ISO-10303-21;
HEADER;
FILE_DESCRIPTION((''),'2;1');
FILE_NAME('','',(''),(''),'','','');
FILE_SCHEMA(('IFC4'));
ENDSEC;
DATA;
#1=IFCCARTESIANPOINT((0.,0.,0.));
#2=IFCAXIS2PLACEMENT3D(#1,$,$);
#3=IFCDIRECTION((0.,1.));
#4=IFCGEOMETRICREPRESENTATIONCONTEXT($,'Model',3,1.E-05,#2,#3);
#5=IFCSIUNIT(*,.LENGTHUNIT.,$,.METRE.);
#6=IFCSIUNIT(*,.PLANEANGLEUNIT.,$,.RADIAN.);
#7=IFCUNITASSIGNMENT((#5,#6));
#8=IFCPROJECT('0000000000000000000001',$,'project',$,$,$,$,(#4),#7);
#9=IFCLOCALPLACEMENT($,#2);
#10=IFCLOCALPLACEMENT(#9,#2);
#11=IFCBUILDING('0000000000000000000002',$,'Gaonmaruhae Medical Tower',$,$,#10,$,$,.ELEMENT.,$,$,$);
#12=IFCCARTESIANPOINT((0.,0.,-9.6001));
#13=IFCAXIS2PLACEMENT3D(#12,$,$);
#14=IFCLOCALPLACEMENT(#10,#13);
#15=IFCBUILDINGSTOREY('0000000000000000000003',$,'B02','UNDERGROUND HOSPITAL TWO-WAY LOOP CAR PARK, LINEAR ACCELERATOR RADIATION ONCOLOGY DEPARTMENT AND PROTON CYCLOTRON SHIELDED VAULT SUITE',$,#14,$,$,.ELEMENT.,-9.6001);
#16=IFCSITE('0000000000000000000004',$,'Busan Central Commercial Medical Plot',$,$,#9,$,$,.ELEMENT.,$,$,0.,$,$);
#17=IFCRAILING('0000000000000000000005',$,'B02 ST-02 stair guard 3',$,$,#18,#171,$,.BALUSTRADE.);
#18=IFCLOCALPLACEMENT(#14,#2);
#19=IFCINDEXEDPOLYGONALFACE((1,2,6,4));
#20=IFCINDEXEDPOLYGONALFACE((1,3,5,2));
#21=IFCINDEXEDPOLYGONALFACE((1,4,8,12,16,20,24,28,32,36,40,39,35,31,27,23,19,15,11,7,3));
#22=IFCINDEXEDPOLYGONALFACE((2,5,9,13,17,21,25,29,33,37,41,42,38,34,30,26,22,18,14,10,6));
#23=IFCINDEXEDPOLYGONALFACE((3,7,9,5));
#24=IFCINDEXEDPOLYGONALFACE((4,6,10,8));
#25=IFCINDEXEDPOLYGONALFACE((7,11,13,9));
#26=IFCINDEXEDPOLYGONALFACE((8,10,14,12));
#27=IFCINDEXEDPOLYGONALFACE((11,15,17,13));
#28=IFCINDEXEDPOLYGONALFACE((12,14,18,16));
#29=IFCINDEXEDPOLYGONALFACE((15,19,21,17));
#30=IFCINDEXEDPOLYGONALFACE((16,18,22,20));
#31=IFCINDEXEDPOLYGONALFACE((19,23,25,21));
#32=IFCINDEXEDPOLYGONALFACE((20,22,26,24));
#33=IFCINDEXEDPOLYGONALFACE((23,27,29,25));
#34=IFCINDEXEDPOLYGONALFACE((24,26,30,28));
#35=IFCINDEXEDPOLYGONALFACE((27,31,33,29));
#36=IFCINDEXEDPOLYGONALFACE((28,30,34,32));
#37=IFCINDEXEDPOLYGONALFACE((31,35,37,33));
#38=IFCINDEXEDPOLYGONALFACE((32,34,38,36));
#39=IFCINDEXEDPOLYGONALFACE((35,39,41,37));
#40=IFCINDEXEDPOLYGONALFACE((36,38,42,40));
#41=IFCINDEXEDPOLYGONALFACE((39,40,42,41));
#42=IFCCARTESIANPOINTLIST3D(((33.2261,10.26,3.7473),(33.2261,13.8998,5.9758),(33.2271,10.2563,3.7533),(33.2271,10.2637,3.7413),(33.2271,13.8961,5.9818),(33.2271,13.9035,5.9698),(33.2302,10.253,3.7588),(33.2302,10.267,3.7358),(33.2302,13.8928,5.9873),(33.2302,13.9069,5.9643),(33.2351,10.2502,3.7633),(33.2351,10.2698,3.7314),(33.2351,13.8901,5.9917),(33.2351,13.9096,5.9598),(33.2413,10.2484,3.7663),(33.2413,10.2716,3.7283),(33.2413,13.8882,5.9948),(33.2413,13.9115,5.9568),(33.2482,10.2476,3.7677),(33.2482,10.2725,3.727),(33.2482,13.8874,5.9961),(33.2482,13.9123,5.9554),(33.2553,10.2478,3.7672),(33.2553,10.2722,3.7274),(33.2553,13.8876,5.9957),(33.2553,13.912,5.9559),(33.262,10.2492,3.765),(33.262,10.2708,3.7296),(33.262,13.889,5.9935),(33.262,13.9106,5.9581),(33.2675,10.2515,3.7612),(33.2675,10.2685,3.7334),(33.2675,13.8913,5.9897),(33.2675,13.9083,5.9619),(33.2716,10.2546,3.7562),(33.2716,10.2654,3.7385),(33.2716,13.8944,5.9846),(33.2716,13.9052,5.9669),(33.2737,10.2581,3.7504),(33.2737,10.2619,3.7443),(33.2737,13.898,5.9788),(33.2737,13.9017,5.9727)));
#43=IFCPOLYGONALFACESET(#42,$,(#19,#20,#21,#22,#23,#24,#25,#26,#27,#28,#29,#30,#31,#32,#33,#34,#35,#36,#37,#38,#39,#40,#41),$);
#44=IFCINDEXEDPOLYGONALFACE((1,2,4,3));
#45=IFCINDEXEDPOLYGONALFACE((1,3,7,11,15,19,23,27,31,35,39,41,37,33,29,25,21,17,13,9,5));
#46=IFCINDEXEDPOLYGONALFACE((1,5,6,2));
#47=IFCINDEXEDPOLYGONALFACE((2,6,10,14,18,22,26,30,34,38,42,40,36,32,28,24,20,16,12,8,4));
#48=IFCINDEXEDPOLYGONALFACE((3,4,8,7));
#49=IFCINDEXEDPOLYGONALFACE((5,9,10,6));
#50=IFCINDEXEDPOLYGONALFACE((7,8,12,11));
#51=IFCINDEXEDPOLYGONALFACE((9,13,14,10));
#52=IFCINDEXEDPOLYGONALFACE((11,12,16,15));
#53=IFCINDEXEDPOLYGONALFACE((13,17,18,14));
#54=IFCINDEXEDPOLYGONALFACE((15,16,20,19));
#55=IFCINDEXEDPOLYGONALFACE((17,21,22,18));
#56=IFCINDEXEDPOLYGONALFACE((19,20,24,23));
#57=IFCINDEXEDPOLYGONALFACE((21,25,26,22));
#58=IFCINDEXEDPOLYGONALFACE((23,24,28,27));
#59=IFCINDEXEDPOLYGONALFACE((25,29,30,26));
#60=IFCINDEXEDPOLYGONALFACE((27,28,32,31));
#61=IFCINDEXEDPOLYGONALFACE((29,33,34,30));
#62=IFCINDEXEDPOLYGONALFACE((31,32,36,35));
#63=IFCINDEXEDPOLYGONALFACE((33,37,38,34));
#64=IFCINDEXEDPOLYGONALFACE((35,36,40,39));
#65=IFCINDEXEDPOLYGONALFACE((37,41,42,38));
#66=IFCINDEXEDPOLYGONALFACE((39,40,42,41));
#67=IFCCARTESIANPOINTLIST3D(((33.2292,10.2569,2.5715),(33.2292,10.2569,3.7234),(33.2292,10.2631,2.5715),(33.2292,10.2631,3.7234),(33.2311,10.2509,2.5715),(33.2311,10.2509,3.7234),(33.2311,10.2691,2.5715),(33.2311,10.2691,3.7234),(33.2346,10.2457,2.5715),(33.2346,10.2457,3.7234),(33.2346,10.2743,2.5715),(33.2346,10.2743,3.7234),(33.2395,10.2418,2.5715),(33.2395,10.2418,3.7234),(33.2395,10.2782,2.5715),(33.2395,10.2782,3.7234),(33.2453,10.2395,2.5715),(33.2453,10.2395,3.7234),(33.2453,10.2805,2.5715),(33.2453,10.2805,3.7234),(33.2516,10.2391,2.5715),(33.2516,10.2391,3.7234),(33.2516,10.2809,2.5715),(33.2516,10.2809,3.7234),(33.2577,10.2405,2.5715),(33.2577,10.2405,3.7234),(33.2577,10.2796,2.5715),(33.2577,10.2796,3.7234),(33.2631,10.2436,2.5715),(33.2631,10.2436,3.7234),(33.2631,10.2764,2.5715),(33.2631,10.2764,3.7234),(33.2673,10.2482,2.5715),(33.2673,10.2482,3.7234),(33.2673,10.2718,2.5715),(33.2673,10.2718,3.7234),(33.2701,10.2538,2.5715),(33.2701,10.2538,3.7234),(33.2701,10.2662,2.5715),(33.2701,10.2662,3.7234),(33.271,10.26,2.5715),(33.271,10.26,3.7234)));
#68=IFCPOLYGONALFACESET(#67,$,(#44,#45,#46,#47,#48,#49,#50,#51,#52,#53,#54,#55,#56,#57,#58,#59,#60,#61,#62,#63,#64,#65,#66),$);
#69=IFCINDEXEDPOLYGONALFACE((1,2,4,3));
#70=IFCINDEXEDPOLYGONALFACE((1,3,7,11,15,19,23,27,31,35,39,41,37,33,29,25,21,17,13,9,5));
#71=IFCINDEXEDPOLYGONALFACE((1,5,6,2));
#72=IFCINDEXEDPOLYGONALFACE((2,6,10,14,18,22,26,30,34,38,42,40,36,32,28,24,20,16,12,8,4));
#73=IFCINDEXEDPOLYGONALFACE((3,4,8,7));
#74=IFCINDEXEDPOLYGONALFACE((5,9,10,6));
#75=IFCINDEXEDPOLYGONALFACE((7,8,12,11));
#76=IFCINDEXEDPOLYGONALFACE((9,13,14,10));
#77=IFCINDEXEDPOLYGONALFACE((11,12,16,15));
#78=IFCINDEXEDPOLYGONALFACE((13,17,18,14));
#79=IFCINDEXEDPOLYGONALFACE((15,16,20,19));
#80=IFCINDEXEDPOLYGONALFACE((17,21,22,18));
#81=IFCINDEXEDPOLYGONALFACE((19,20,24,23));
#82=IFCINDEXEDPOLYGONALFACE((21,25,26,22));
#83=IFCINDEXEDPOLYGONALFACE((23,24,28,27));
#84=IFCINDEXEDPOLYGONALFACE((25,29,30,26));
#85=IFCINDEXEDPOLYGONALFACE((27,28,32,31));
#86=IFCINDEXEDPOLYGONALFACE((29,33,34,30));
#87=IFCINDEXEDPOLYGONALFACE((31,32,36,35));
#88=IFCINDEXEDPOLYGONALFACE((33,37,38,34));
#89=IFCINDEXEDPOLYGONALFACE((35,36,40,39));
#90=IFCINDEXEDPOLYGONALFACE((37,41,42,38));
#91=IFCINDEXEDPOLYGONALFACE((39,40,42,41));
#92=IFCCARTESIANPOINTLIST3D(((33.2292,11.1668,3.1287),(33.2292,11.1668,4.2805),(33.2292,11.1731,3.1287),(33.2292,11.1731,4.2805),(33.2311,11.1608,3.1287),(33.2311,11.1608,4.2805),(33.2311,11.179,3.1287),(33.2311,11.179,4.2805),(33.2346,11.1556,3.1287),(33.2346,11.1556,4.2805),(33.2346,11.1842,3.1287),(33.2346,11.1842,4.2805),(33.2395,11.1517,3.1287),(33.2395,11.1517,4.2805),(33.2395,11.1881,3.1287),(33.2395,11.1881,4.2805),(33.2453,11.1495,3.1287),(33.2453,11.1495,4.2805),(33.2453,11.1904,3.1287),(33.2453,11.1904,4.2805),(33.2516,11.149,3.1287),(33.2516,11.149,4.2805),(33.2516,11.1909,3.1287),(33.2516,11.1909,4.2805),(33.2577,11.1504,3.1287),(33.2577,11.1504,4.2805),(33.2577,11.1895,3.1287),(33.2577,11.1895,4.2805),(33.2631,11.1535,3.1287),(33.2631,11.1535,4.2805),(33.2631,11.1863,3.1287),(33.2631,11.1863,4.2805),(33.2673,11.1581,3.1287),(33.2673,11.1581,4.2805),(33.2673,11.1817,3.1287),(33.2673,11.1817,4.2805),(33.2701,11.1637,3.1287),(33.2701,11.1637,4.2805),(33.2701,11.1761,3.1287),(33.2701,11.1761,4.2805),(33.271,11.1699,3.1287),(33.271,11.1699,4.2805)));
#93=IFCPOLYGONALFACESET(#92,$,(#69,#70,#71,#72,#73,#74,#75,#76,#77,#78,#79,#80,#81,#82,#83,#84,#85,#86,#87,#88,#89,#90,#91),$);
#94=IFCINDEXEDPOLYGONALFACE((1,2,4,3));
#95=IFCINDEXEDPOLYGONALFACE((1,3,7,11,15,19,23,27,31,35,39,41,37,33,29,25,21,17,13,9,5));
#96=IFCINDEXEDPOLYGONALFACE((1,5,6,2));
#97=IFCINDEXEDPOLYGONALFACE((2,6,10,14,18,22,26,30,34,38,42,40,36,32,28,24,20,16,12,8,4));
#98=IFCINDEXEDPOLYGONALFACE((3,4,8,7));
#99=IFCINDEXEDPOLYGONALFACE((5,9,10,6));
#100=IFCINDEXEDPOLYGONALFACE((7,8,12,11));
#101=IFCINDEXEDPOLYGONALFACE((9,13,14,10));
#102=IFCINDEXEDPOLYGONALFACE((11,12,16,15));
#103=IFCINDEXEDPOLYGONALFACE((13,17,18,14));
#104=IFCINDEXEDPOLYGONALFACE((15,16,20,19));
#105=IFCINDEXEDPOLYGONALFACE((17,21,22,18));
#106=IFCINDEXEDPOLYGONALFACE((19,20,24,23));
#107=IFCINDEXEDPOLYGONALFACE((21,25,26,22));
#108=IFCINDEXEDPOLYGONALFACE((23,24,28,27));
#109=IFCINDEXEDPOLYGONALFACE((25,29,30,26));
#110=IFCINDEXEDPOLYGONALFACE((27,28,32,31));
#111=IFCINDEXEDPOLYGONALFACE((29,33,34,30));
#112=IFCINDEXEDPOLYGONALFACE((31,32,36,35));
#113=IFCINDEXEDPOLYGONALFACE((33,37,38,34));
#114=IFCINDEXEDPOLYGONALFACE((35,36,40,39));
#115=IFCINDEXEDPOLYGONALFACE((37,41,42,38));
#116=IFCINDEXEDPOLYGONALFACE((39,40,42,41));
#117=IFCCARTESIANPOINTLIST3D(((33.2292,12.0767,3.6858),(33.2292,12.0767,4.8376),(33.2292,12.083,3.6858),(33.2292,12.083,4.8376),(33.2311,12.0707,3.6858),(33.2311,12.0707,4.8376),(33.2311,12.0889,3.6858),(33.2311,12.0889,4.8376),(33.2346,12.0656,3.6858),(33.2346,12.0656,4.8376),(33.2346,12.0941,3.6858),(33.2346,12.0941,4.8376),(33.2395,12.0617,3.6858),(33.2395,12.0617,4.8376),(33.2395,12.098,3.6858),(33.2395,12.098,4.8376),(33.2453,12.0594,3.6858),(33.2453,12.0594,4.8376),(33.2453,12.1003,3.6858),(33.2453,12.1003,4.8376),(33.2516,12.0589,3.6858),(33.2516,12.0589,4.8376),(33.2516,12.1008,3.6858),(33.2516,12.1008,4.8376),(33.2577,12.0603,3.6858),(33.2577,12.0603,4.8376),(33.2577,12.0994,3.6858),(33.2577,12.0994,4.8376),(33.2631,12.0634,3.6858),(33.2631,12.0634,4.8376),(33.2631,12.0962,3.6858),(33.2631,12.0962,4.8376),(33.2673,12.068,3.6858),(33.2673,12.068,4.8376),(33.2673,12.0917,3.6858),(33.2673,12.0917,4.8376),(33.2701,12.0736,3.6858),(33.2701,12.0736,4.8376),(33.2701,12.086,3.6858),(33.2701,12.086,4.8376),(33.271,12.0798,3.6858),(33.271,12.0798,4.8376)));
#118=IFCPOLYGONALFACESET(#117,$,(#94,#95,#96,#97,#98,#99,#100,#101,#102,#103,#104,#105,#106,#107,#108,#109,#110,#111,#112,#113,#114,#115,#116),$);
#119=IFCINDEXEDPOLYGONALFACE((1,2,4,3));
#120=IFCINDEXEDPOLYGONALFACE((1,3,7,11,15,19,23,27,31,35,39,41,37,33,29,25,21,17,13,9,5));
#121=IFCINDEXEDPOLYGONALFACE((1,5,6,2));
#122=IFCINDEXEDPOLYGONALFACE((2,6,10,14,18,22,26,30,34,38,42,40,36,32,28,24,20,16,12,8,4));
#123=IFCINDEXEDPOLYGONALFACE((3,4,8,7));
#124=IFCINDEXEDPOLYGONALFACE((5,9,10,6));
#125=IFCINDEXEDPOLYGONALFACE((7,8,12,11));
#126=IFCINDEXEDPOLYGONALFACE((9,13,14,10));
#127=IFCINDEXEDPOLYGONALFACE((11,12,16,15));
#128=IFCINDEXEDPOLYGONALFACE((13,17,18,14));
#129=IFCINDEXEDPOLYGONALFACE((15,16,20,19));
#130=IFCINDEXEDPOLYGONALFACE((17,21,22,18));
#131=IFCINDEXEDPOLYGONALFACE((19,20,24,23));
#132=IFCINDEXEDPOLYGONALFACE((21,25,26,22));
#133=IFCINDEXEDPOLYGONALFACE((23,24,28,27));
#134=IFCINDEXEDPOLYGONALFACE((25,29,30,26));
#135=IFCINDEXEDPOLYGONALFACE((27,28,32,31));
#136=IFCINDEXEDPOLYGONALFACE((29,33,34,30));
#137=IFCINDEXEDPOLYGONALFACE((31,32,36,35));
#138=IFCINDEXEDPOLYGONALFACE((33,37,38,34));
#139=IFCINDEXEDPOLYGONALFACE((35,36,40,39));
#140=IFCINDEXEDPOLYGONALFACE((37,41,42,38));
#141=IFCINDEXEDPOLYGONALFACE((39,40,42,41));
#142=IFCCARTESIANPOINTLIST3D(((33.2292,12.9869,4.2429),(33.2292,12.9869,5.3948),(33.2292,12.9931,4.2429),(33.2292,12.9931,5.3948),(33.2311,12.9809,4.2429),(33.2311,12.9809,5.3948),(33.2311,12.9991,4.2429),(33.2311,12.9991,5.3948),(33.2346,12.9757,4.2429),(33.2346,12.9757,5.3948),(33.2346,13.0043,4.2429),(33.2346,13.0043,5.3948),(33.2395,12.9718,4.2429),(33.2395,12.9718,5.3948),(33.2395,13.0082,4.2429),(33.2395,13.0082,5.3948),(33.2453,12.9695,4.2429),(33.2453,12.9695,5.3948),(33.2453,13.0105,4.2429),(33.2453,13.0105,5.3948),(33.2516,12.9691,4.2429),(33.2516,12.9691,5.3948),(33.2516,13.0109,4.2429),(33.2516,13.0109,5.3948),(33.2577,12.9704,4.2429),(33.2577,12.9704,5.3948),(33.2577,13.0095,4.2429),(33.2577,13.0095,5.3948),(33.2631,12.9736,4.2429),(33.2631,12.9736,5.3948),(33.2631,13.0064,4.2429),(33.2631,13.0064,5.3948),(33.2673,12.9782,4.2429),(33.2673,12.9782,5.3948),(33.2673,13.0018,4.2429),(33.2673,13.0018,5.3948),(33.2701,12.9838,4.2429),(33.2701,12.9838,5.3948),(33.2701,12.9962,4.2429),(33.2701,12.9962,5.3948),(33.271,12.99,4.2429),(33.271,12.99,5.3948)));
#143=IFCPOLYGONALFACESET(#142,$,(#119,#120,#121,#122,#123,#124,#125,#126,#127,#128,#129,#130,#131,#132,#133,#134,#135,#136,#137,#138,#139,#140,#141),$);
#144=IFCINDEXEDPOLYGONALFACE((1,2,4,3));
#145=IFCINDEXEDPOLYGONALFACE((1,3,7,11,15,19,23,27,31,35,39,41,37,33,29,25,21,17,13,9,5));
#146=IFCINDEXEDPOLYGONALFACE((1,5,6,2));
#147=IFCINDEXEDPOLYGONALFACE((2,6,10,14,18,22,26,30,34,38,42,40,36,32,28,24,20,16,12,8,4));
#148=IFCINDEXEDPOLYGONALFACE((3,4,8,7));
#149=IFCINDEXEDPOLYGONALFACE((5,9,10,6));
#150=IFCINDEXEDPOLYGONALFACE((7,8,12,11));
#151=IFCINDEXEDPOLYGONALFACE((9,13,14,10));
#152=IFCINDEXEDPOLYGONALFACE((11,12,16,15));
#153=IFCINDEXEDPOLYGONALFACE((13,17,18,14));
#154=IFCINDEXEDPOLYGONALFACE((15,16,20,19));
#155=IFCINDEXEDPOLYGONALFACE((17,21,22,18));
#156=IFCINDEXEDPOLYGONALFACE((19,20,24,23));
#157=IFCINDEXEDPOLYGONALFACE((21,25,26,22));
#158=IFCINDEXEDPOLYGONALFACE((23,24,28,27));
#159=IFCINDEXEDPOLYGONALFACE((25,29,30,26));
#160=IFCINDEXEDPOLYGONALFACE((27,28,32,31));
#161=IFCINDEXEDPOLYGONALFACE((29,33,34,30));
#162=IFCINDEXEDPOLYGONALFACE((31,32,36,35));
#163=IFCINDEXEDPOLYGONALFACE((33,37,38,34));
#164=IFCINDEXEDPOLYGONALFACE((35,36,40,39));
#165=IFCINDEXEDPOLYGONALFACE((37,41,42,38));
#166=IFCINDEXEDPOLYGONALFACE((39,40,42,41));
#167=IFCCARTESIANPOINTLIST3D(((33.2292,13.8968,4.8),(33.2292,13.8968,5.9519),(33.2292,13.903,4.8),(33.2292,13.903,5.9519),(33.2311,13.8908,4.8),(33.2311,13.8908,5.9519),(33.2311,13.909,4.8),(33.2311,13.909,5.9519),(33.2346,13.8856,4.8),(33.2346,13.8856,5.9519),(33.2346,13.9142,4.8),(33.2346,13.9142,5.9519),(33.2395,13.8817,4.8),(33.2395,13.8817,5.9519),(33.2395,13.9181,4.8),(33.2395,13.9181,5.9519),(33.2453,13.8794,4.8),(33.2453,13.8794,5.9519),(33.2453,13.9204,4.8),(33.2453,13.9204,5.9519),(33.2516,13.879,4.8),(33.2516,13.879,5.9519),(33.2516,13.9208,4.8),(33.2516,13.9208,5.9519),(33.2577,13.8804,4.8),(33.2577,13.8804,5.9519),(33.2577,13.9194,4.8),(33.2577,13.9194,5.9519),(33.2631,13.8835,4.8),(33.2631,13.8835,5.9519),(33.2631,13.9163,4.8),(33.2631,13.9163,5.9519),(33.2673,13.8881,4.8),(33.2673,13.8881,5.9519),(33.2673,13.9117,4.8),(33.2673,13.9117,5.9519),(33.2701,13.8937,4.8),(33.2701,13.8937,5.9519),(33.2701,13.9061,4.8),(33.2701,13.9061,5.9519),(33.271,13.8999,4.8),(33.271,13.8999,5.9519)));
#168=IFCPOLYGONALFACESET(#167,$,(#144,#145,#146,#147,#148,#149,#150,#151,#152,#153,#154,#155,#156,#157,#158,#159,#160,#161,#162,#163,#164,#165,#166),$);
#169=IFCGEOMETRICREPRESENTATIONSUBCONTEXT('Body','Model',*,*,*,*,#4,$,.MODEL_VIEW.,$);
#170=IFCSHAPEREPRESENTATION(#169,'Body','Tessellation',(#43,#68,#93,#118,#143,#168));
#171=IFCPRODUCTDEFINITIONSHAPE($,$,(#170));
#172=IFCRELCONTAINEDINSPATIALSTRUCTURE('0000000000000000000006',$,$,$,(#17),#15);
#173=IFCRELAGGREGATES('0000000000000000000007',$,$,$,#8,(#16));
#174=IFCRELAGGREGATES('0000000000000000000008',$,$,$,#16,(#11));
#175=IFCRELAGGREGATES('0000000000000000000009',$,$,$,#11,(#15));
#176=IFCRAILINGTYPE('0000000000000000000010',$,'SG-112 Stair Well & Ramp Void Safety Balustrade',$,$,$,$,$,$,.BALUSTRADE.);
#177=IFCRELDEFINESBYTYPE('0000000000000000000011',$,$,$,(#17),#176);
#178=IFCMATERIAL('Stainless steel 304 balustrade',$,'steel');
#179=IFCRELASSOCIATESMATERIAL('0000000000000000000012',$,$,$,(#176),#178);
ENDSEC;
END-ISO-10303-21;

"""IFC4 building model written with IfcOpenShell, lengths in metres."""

from ifc_helpers import new_model, si_unit, direction, frame, origin, origin_2d, place, context, subcontext, project, spatial, circle, extrude, material, type_object, element, save


model = new_model("IFC4")

# Units and contexts
model_context = context("Model", 3, precision=1e-05, world=origin(), true_north=direction((0.0, 1.0)))
body_context = subcontext(model_context, "Body", "Model", "MODEL_VIEW")
ifc_project = project(units=[si_unit("LENGTHUNIT", "METRE"), si_unit("PLANEANGLEUNIT", "RADIAN")], contexts=[model_context])

# Site, building, storey
site_placement = place(None, origin())
site = spatial("IfcSite", under=ifc_project, at=site_placement, Name="Busan Central Commercial Medical Plot", CompositionType="ELEMENT", RefElevation=0.0)
building_placement = place(site_placement, origin())
building = spatial("IfcBuilding", under=site, at=building_placement, Name="Gaonmaruhae Medical Tower", CompositionType="ELEMENT")
storey_placement = place(building_placement, frame((0.0, 0.0, -9.6001)))
storey = spatial("IfcBuildingStorey", under=building, at=storey_placement, Name="B02", Description="UNDERGROUND HOSPITAL TWO-WAY LOOP CAR PARK, LINEAR ACCELERATOR RADIATION ONCOLOGY DEPARTMENT AND PROTON CYCLOTRON SHIELDED VAULT SUITE", CompositionType="ELEMENT", Elevation=-9.6001)

# Railing
ifc_material_1 = material(Name="Stainless steel 304 balustrade", Category="steel")
railing_type_1 = type_object("IfcRailingType", Name="SG-112 Stair Well & Ramp Void Safety Balustrade", PredefinedType="BALUSTRADE", material=ifc_material_1)
railing_1_placement = place(storey_placement, frame((33.25, 10.26, 2.5715)))
element("IfcRailing", 1, at=railing_1_placement, inside=storey, type_object=railing_type_1, Name="B02 ST-02 stair guard 3", PredefinedType="BALUSTRADE", context=body_context, shape_type="SweptSolid", body=[
    extrude(circle(Radius=0.0239, at=origin_2d()), frame((0.0, 0.0, 1.1758), z_axis=(0.0, 0.85285, 0.522156), x_axis=(-1.0, 0.0, 0.0)), (0.0, 0.0, 1.0), 4.2678),
    extrude(circle(Radius=0.021, at=origin_2d()), origin(), (0.0, 0.0, 1.0), 1.1519),
    extrude(circle(Radius=0.021, at=origin_2d()), frame((0.0, 0.9099, 0.5571)), (0.0, 0.0, 1.0), 1.1519),
    extrude(circle(Radius=0.021, at=origin_2d()), frame((0.0, 1.8198, 1.1143)), (0.0, 0.0, 1.0), 1.1519),
    extrude(circle(Radius=0.021, at=origin_2d()), frame((0.0, 2.73, 1.6714)), (0.0, 0.0, 1.0), 1.1519),
    extrude(circle(Radius=0.021, at=origin_2d()), frame((0.0, 3.6399, 2.2285)), (0.0, 0.0, 1.0), 1.1519),
])

save(model, "model.ifc")
